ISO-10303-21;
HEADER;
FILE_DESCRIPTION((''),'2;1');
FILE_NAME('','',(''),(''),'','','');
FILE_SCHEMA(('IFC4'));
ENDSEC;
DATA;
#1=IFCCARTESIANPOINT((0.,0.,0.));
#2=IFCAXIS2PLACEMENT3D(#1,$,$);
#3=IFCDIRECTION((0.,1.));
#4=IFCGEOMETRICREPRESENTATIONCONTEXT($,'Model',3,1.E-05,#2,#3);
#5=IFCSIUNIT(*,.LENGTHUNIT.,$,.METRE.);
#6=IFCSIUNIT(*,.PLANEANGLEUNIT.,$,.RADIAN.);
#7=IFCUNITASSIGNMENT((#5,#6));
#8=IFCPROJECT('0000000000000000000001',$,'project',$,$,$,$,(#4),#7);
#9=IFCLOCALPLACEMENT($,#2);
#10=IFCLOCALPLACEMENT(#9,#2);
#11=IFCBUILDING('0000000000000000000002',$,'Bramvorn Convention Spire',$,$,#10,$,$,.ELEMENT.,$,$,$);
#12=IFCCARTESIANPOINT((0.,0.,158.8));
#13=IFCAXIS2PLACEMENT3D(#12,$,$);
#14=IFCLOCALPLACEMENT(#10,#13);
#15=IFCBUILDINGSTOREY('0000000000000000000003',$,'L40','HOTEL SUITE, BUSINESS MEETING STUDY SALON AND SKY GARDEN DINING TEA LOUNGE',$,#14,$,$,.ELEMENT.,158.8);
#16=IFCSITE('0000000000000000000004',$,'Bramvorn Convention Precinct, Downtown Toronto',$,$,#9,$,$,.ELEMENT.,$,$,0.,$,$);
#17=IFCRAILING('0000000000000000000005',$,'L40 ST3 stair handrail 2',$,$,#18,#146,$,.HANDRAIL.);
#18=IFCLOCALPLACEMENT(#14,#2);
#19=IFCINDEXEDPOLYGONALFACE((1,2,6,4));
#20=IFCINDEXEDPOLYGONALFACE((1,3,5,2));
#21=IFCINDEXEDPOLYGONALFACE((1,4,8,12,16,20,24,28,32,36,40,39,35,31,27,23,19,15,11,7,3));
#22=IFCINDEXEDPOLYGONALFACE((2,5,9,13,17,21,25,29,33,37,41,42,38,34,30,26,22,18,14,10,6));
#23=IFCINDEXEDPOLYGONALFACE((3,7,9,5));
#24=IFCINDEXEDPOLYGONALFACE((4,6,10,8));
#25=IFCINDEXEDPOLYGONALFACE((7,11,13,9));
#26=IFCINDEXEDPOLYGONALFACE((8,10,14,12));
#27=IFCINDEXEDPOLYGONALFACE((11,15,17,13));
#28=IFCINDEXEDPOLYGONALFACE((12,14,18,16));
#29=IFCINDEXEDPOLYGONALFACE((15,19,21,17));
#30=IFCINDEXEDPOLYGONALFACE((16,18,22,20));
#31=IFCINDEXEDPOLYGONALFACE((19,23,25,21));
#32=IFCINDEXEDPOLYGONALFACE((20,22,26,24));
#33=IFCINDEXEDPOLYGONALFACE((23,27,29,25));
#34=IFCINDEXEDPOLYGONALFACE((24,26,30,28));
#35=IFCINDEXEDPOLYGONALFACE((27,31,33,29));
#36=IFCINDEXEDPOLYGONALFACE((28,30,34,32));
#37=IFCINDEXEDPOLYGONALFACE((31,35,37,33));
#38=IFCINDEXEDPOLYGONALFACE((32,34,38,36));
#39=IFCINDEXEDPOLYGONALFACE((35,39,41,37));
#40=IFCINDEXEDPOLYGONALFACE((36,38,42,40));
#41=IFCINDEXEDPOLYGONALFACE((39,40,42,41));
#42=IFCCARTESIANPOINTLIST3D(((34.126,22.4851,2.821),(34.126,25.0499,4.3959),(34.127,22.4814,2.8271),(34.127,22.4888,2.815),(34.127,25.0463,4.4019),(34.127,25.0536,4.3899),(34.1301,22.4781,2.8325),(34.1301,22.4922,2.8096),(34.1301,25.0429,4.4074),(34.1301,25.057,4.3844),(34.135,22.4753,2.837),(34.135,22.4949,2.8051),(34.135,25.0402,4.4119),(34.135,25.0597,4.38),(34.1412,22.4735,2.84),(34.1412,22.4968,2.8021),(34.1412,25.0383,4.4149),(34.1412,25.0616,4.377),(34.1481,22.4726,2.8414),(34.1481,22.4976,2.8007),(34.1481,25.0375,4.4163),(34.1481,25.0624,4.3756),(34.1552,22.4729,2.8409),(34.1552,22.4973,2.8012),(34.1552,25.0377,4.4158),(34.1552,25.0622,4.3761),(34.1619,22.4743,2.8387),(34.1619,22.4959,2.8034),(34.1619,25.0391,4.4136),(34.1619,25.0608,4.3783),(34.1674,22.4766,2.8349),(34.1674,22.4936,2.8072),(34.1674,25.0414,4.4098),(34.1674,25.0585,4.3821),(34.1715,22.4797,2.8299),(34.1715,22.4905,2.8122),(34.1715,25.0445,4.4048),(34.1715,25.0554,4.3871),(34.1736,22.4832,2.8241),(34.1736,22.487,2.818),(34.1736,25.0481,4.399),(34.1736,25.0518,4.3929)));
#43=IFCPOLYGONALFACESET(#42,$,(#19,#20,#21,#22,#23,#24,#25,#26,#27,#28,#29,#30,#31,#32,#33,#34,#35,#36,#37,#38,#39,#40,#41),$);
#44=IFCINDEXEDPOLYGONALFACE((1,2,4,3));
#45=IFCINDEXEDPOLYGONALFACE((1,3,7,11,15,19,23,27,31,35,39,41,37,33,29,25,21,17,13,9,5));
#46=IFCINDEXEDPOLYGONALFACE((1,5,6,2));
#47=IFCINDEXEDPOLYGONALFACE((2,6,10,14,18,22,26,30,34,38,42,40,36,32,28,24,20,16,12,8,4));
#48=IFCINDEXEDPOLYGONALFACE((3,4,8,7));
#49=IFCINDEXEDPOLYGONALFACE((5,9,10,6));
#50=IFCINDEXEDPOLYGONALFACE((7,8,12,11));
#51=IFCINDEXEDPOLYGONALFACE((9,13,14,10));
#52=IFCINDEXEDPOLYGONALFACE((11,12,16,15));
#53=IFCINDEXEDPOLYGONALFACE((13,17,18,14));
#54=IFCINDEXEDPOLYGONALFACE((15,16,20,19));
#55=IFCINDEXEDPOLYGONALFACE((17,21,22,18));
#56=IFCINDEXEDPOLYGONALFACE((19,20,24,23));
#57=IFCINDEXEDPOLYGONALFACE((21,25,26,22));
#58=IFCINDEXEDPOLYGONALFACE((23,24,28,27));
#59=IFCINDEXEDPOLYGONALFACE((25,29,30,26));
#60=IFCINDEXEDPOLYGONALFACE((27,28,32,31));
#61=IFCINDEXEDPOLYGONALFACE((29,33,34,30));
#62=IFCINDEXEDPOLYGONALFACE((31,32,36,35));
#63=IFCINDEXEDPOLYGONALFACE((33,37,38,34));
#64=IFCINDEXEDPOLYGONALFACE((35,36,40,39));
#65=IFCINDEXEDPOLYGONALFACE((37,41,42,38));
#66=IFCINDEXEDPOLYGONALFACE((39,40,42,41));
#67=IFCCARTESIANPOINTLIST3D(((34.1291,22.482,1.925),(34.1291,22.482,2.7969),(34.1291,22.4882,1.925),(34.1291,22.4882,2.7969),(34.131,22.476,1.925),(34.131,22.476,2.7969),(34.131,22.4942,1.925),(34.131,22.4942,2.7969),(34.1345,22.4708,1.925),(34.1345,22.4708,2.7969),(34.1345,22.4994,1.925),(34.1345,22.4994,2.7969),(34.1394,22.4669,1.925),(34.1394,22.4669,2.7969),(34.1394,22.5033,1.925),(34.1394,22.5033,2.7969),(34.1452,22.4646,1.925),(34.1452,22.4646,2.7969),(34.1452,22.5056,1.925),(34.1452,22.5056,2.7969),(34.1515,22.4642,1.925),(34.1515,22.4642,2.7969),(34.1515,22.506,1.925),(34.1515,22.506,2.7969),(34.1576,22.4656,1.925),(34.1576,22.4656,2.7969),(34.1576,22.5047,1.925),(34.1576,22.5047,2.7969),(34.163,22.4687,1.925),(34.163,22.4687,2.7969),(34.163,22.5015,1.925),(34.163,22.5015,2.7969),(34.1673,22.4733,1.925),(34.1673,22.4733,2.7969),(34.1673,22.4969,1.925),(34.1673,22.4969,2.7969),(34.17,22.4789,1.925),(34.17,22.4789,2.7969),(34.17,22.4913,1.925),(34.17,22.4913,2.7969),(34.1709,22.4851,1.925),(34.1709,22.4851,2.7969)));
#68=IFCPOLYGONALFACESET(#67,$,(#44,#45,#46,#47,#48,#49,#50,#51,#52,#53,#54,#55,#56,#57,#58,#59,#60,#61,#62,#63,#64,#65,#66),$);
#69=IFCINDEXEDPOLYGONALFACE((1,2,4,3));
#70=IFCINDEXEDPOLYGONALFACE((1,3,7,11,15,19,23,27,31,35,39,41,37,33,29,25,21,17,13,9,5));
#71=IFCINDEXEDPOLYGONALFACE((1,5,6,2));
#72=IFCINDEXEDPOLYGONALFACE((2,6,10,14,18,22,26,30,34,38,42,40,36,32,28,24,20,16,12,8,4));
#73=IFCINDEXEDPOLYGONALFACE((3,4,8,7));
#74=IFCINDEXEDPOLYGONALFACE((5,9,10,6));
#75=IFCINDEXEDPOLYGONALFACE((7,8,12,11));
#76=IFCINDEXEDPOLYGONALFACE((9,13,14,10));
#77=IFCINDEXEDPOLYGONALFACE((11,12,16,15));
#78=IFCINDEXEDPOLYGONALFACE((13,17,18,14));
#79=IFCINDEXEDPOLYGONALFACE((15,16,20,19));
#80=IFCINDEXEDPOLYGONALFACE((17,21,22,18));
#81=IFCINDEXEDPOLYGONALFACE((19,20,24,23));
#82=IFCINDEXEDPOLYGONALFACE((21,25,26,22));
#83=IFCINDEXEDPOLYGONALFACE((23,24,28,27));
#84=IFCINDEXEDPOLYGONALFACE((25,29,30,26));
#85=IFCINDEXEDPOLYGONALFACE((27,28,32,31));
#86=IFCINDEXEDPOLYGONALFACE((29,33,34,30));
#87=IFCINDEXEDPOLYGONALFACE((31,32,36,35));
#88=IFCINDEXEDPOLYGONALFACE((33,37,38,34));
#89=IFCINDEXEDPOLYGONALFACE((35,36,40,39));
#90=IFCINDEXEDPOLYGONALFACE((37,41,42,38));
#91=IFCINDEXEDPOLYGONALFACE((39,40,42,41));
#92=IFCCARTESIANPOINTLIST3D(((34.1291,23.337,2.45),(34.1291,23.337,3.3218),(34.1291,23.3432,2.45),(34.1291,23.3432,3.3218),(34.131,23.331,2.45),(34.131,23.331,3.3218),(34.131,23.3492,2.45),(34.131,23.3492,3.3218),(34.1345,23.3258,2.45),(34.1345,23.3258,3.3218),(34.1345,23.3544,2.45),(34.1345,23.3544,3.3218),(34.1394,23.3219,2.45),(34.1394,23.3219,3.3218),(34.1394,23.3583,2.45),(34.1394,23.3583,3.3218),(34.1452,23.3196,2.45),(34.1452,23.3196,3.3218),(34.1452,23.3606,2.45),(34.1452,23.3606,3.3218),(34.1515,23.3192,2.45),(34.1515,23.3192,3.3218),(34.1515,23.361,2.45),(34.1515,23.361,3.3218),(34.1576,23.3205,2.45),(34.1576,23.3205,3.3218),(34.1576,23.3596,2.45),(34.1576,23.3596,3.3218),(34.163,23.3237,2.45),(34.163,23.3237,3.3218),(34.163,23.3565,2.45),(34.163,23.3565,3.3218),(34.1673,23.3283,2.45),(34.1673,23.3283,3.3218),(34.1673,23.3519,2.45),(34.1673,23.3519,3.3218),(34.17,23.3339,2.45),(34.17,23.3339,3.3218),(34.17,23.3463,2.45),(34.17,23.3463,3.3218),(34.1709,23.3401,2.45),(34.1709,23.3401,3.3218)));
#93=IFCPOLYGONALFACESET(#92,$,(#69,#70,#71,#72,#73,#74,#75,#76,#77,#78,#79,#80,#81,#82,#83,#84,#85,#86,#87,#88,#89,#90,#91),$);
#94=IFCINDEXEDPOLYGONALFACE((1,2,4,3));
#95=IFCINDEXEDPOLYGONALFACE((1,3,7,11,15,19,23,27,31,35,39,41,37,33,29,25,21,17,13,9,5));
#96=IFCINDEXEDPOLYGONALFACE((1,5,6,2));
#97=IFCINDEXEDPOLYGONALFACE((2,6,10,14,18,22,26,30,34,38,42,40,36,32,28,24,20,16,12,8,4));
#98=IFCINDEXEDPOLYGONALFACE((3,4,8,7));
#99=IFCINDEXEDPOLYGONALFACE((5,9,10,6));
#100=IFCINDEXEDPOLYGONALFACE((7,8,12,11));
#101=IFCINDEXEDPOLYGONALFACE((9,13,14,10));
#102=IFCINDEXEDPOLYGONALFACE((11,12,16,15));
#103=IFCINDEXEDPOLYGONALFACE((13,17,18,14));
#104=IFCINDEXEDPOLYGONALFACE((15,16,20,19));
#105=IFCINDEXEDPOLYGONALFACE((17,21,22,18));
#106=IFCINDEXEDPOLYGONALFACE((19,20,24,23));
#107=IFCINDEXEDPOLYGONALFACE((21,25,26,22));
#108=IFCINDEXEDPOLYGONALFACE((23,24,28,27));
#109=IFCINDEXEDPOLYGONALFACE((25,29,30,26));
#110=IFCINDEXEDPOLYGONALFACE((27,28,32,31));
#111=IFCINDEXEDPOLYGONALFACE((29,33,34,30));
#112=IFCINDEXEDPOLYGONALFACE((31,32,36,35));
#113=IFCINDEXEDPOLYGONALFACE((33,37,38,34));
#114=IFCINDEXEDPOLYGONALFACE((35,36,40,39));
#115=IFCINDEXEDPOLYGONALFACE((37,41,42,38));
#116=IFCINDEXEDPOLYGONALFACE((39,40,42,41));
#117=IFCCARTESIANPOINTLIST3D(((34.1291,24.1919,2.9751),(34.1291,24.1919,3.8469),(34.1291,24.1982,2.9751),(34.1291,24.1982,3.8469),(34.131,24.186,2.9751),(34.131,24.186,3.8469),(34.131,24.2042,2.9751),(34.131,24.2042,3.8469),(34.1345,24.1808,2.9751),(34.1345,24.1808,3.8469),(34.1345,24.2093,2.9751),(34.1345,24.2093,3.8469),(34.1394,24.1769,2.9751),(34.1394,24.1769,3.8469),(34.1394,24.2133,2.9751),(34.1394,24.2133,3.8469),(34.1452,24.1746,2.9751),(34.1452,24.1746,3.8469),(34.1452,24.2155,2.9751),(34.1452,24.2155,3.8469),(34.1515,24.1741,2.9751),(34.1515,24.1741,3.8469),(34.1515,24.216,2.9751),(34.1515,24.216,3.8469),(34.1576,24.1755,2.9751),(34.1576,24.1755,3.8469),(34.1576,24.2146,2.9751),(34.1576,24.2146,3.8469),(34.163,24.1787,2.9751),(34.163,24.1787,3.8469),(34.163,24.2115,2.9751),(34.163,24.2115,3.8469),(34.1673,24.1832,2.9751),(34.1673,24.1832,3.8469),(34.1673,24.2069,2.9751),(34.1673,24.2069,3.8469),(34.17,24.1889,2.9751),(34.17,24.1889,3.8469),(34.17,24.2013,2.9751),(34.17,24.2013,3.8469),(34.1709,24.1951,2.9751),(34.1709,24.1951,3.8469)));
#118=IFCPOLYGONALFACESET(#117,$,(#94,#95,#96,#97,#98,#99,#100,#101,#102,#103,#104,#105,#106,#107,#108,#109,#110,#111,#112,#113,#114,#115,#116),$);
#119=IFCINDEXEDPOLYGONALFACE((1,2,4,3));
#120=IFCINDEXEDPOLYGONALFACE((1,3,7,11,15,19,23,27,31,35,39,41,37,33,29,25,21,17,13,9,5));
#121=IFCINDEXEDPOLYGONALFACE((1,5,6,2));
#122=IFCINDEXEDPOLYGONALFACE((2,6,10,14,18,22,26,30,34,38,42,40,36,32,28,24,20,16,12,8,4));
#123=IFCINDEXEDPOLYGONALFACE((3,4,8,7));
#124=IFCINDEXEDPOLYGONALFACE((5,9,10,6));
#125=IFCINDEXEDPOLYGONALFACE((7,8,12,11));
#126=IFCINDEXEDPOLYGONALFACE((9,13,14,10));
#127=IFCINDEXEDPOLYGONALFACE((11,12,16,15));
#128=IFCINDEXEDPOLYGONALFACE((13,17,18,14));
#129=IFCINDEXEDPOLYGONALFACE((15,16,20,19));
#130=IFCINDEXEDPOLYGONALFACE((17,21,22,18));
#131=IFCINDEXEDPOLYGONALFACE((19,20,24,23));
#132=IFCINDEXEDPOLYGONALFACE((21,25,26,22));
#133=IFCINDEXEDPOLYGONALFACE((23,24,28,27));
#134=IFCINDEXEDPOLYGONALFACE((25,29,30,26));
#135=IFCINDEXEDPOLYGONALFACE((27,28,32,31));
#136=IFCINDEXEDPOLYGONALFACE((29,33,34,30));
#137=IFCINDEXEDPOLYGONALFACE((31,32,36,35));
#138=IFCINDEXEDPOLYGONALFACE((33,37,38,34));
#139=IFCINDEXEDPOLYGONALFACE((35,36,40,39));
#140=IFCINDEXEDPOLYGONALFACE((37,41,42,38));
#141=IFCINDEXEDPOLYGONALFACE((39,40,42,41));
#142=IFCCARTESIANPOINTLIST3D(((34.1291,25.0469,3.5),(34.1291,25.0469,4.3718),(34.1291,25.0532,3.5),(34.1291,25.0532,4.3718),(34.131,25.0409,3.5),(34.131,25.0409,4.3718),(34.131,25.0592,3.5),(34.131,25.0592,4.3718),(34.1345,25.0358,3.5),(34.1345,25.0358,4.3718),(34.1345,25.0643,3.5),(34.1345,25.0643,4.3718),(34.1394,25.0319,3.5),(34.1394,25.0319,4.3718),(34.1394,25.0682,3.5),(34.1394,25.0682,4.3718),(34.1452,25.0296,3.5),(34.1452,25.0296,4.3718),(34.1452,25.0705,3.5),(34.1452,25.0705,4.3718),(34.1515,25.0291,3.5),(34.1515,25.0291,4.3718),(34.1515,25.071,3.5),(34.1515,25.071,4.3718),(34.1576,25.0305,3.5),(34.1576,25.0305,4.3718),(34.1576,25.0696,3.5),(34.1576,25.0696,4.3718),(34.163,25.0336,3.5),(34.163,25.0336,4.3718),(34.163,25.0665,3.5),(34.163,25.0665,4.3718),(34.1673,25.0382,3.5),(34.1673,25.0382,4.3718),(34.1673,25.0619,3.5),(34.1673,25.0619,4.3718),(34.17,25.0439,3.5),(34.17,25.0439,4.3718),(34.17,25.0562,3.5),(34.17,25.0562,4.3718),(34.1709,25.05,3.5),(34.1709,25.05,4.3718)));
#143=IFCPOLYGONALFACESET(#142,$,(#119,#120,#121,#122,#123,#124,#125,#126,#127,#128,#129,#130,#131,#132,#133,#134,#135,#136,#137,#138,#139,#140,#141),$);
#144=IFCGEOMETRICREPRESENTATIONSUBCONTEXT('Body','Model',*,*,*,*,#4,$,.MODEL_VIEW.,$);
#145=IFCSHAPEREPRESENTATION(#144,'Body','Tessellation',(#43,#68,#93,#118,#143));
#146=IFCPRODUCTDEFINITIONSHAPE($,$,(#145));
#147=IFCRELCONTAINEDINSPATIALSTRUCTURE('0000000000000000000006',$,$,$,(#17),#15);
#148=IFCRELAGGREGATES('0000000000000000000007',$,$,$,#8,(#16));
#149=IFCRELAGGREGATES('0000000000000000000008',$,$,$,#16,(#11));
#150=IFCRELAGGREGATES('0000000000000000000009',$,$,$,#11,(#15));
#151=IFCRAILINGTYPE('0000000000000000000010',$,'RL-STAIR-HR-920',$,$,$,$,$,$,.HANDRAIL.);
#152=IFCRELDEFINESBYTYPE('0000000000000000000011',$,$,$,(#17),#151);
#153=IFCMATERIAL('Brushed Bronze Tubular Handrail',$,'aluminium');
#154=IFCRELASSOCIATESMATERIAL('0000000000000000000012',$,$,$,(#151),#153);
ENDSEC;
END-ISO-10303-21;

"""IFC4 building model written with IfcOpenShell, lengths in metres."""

from ifc_helpers import new_model, si_unit, direction, frame, origin, origin_2d, place, context, subcontext, project, spatial, circle, extrude, material, type_object, element, save


model = new_model("IFC4")

# Units and contexts
model_context = context("Model", 3, precision=1e-05, world=origin(), true_north=direction((0.0, 1.0)))
body_context = subcontext(model_context, "Body", "Model", "MODEL_VIEW")
ifc_project = project(units=[si_unit("LENGTHUNIT", "METRE"), si_unit("PLANEANGLEUNIT", "RADIAN")], contexts=[model_context])

# Site, building, storey
site_placement = place(None, origin())
site = spatial("IfcSite", under=ifc_project, at=site_placement, Name="Bramvorn Convention Precinct, Downtown Toronto", CompositionType="ELEMENT", RefElevation=0.0)
building_placement = place(site_placement, origin())
building = spatial("IfcBuilding", under=site, at=building_placement, Name="Bramvorn Convention Spire", CompositionType="ELEMENT")
storey_placement = place(building_placement, frame((0.0, 0.0, 158.8)))
storey = spatial("IfcBuildingStorey", under=building, at=storey_placement, Name="L40", Description="HOTEL SUITE, BUSINESS MEETING STUDY SALON AND SKY GARDEN DINING TEA LOUNGE", CompositionType="ELEMENT", Elevation=158.8)

# Railing
ifc_material_1 = material(Name="Brushed Bronze Tubular Handrail", Category="aluminium")
railing_type_1 = type_object("IfcRailingType", Name="RL-STAIR-HR-920", PredefinedType="HANDRAIL", material=ifc_material_1)
railing_1_placement = place(storey_placement, frame((34.1499, 22.4851, 1.925)))
element("IfcRailing", 1, at=railing_1_placement, inside=storey, type_object=railing_type_1, Name="L40 ST3 stair handrail 2", PredefinedType="HANDRAIL", context=body_context, shape_type="SweptSolid", body=[
    extrude(circle(Radius=0.0239, at=origin_2d()), frame((0.0, 0.0, 0.896), z_axis=(0.0, 0.852173, 0.52326), x_axis=(-1.0, 0.0, 0.0)), (0.0, 0.0, 1.0), 3.0098),
    extrude(circle(Radius=0.021, at=origin_2d()), origin(), (0.0, 0.0, 1.0), 0.8718),
    extrude(circle(Radius=0.021, at=origin_2d()), frame((0.0, 0.855, 0.5249)), (0.0, 0.0, 1.0), 0.8718),
    extrude(circle(Radius=0.021, at=origin_2d()), frame((0.0, 1.71, 1.05)), (0.0, 0.0, 1.0), 0.8718),
    extrude(circle(Radius=0.021, at=origin_2d()), frame((0.0, 2.5649, 1.575)), (0.0, 0.0, 1.0), 0.8718),
])

save(model, "model.ifc")
